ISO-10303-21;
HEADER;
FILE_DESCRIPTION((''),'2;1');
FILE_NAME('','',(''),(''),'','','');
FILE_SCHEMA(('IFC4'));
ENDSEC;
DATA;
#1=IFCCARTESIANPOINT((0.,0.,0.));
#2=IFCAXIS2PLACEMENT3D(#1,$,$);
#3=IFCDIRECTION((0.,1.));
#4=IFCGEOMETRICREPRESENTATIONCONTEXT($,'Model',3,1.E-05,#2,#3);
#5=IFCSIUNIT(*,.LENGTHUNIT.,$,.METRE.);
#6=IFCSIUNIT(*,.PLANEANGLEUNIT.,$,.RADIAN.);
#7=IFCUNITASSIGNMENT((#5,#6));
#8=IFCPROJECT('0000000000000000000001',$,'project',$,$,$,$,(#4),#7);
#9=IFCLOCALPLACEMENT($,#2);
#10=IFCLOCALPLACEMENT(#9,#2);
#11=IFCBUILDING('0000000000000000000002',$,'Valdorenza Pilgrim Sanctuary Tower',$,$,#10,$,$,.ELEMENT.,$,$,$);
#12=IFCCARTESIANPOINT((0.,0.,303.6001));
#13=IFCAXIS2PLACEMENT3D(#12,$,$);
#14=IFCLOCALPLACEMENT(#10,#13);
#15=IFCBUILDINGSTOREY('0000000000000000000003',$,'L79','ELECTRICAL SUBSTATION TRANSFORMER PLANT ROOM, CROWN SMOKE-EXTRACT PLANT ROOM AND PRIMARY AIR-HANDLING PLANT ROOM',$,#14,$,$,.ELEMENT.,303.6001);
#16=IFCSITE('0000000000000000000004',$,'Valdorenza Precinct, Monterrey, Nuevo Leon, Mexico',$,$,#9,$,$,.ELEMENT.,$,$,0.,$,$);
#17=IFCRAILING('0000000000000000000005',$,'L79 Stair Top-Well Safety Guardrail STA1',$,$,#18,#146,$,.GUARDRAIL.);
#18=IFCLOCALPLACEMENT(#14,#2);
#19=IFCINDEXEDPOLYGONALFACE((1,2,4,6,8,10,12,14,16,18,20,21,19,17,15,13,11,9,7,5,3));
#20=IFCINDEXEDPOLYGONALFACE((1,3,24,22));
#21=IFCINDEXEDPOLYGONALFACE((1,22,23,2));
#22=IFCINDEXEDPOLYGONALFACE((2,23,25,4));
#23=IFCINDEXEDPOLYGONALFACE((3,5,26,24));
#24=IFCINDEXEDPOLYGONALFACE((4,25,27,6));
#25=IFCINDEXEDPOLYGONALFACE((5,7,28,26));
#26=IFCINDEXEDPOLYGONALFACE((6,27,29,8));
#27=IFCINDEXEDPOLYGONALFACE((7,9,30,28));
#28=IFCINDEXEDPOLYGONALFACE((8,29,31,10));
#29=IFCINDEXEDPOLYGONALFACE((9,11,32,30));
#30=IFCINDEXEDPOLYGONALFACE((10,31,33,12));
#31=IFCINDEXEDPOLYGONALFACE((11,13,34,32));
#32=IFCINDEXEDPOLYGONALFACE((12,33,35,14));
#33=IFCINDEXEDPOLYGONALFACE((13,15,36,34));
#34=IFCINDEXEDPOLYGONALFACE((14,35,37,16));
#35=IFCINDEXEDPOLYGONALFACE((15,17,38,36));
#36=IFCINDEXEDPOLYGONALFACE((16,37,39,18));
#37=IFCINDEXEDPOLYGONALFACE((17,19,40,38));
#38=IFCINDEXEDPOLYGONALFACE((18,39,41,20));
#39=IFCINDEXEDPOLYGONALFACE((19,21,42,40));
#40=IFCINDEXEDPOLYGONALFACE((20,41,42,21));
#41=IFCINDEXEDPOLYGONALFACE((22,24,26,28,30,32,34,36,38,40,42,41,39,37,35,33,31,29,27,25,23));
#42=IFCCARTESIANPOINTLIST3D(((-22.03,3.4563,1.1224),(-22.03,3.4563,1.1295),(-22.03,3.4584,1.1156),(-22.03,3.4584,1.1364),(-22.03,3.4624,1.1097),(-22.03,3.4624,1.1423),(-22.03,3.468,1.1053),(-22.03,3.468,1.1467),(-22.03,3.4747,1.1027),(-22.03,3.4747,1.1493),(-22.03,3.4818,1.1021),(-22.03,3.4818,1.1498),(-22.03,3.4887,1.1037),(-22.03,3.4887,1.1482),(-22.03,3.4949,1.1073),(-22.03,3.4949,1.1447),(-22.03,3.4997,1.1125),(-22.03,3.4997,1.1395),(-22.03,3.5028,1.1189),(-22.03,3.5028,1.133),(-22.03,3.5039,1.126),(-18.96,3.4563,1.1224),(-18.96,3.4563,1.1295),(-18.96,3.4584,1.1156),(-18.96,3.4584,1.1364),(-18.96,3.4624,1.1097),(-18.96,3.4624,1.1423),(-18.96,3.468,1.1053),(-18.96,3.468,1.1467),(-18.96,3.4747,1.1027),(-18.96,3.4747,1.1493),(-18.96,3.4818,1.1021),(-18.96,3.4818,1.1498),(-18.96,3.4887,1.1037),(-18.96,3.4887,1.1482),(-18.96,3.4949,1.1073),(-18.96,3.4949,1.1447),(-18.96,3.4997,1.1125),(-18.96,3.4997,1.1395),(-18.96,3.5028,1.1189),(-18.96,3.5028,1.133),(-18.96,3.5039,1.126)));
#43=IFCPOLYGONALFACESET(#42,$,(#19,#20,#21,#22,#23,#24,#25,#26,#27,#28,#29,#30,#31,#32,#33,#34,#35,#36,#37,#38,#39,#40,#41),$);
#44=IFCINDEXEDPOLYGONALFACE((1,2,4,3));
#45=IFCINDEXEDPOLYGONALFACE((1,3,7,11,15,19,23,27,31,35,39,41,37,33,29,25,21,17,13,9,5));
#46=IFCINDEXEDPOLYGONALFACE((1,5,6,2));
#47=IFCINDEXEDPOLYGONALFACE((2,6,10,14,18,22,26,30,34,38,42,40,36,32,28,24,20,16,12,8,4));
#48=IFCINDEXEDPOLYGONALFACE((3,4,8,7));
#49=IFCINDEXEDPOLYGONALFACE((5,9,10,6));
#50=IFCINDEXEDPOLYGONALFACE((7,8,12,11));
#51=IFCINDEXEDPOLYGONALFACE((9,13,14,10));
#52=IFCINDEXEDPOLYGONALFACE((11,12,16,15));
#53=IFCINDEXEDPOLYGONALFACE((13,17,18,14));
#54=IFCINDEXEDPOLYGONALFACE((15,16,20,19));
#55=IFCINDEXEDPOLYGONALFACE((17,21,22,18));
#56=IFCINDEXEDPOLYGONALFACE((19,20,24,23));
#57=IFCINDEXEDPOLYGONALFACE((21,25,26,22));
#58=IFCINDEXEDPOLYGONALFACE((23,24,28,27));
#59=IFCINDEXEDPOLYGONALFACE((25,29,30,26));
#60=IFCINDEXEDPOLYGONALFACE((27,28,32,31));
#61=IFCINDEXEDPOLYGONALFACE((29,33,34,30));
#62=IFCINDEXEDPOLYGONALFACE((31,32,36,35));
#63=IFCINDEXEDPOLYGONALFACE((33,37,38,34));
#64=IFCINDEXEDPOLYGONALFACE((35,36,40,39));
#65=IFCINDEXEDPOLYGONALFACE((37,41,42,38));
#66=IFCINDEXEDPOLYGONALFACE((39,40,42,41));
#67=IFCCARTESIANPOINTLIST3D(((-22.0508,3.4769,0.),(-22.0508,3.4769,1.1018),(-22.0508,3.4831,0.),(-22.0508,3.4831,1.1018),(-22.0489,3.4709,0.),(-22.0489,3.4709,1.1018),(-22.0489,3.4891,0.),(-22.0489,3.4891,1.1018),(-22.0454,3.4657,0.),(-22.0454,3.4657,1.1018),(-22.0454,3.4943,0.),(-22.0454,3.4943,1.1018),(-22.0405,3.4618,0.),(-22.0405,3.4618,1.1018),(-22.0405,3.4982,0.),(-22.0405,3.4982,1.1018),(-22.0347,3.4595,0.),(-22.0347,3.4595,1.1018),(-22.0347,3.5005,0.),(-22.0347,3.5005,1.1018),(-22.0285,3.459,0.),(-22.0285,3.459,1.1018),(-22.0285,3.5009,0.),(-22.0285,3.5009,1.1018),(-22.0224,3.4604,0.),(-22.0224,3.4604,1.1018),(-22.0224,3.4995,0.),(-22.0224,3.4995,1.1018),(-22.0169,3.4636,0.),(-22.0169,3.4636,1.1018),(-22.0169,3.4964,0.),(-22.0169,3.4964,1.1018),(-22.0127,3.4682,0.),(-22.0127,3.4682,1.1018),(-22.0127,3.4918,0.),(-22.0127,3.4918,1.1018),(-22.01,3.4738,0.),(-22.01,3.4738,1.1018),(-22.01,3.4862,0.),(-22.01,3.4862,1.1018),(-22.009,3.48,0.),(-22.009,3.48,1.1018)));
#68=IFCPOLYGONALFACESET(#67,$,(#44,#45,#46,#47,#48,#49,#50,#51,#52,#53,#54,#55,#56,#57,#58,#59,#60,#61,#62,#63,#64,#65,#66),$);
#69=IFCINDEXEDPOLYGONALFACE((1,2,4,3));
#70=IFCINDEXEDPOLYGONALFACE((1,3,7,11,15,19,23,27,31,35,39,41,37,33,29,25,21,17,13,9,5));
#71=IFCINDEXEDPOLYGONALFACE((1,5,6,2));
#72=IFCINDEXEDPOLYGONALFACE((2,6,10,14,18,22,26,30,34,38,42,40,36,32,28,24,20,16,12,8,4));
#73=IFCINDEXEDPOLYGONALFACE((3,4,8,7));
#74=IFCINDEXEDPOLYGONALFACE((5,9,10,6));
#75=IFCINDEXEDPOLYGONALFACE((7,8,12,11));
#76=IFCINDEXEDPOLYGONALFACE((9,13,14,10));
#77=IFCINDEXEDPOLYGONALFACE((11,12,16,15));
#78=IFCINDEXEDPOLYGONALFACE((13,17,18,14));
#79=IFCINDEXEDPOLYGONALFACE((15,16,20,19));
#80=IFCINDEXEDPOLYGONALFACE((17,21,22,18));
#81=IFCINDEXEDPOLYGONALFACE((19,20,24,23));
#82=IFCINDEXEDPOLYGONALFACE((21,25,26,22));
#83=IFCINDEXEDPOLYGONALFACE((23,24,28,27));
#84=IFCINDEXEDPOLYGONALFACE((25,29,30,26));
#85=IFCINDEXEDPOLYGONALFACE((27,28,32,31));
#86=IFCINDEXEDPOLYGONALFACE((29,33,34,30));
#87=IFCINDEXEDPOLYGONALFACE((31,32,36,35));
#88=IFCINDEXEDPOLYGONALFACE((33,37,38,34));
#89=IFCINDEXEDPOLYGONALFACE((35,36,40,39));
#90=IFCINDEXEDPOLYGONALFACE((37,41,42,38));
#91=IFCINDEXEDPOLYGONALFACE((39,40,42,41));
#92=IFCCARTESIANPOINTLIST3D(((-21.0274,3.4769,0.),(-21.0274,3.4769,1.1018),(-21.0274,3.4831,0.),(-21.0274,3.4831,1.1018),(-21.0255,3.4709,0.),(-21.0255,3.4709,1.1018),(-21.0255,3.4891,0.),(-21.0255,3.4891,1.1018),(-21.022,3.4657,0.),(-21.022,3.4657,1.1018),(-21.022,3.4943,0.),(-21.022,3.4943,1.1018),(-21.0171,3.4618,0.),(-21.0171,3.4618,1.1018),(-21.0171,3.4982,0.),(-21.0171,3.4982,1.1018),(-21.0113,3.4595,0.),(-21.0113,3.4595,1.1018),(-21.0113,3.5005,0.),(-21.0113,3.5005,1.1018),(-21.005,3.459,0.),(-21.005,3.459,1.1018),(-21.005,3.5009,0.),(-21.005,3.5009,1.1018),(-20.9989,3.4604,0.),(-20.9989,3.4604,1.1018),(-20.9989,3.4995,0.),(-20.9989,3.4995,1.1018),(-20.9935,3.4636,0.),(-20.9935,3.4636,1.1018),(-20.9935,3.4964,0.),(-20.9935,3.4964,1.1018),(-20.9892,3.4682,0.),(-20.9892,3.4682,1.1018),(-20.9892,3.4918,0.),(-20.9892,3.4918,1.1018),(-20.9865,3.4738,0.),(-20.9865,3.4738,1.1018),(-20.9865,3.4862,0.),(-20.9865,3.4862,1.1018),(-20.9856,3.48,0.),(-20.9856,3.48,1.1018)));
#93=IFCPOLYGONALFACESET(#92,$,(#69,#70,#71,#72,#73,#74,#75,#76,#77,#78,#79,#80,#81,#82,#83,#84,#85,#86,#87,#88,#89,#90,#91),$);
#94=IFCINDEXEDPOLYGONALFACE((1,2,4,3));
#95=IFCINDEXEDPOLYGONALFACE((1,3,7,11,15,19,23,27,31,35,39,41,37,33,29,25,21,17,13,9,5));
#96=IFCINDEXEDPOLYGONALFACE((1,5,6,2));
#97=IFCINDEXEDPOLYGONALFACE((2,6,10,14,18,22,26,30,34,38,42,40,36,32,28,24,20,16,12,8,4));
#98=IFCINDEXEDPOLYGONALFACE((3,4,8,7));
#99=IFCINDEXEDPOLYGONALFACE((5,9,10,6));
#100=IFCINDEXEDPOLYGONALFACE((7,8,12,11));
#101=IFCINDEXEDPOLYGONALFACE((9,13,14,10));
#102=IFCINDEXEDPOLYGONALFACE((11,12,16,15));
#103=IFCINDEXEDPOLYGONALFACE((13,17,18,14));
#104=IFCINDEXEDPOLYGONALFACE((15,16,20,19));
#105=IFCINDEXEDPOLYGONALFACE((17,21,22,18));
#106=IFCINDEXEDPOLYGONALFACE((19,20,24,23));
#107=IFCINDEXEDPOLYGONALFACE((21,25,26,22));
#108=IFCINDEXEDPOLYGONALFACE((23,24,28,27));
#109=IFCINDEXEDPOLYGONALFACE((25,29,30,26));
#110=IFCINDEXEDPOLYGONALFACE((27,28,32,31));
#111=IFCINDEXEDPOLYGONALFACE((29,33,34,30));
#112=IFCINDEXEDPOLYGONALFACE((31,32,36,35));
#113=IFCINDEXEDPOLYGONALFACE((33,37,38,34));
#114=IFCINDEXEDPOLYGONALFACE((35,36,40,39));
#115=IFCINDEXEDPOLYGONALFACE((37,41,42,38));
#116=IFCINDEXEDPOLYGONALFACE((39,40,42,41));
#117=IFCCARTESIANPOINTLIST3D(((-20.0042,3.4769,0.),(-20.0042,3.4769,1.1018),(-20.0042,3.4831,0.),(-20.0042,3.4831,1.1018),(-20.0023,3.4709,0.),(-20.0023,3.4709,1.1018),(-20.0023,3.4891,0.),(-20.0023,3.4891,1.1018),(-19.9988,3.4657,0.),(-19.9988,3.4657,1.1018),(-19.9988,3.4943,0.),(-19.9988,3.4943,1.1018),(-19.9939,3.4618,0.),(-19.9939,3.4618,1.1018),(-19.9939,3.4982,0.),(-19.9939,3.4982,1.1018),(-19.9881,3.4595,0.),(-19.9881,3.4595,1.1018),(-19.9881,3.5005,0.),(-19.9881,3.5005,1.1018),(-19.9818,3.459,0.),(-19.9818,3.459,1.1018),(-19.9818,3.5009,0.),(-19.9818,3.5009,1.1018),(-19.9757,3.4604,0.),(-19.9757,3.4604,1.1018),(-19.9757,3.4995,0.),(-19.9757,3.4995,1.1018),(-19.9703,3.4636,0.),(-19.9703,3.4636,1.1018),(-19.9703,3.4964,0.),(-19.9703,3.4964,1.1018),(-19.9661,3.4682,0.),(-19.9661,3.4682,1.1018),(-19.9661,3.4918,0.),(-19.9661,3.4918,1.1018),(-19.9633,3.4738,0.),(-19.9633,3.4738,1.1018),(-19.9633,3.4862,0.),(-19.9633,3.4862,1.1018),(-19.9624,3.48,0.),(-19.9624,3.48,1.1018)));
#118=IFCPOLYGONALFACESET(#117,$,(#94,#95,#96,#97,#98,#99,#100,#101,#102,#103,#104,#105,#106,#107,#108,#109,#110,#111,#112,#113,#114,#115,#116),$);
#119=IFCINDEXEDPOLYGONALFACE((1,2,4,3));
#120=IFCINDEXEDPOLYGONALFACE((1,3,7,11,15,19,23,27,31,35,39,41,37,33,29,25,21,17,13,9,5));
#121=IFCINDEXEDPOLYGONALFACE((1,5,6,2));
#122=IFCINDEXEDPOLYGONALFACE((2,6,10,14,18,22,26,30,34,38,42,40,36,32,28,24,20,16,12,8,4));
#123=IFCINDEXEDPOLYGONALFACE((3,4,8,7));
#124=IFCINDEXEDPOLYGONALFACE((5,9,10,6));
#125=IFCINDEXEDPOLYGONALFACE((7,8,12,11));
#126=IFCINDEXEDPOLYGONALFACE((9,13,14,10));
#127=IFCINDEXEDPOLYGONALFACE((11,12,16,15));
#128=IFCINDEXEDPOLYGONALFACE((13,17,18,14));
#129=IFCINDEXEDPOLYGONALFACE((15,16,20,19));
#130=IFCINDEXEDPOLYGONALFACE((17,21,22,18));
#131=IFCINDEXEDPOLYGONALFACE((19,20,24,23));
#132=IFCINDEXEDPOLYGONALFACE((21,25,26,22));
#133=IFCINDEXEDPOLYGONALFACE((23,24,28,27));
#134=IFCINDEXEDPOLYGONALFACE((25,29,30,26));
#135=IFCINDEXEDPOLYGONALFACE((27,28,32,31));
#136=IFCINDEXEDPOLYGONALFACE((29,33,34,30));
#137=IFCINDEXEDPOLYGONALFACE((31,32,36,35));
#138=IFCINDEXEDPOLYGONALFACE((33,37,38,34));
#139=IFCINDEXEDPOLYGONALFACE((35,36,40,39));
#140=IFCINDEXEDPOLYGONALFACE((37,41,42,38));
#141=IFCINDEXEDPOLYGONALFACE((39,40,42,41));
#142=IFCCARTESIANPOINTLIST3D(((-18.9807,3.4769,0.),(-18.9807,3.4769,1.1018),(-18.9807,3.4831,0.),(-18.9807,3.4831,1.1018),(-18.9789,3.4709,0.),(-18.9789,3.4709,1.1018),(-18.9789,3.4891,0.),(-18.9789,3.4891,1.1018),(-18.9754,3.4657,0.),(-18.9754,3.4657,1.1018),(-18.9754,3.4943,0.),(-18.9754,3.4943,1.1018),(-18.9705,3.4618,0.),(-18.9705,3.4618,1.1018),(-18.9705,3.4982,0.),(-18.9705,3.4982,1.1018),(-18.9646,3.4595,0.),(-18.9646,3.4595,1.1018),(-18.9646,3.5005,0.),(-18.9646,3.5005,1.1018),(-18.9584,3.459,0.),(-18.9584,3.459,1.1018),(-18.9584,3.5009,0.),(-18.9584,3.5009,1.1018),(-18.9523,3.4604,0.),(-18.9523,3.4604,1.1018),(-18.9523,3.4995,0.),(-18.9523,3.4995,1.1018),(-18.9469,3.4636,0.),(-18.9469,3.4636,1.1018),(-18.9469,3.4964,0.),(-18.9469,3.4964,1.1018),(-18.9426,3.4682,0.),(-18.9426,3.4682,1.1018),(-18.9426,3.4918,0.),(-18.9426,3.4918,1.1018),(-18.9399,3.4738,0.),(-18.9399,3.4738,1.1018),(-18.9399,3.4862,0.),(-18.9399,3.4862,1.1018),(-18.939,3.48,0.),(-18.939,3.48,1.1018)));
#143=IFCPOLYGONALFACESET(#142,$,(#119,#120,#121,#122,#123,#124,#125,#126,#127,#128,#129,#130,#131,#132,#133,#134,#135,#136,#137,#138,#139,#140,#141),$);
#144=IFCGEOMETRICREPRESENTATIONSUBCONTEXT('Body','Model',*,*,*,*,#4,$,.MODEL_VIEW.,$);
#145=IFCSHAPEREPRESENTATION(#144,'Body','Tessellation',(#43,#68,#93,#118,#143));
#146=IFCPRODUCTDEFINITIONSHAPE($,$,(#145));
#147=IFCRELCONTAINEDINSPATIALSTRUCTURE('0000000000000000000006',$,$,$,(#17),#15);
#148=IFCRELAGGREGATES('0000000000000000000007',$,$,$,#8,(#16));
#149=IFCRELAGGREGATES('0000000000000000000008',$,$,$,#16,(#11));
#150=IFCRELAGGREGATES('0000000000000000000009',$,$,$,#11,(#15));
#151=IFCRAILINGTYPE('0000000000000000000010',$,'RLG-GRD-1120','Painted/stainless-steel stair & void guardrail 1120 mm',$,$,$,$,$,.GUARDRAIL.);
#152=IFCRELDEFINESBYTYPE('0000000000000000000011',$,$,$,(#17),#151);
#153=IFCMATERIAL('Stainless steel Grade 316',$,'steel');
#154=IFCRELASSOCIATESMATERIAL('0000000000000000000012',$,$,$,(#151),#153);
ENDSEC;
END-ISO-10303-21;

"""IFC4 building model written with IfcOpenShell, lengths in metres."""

from ifc_helpers import new_model, si_unit, direction, frame, origin, origin_2d, place, context, subcontext, project, spatial, circle, extrude, material, type_object, element, save


model = new_model("IFC4")

# Units and contexts
model_context = context("Model", 3, precision=1e-05, world=origin(), true_north=direction((0.0, 1.0)))
body_context = subcontext(model_context, "Body", "Model", "MODEL_VIEW")
ifc_project = project(units=[si_unit("LENGTHUNIT", "METRE"), si_unit("PLANEANGLEUNIT", "RADIAN")], contexts=[model_context])

# Site, building, storey
site_placement = place(None, origin())
site = spatial("IfcSite", under=ifc_project, at=site_placement, Name="Valdorenza Precinct, Monterrey, Nuevo Leon, Mexico", CompositionType="ELEMENT", RefElevation=0.0)
building_placement = place(site_placement, origin())
building = spatial("IfcBuilding", under=site, at=building_placement, Name="Valdorenza Pilgrim Sanctuary Tower", CompositionType="ELEMENT")
storey_placement = place(building_placement, frame((0.0, 0.0, 303.6001)))
storey = spatial("IfcBuildingStorey", under=building, at=storey_placement, Name="L79", Description="ELECTRICAL SUBSTATION TRANSFORMER PLANT ROOM, CROWN SMOKE-EXTRACT PLANT ROOM AND PRIMARY AIR-HANDLING PLANT ROOM", CompositionType="ELEMENT", Elevation=303.6001)

# Railing
ifc_material_1 = material(Name="Stainless steel Grade 316", Category="steel")
railing_type = type_object("IfcRailingType", Name="RLG-GRD-1120", Description="Painted/stainless-steel stair & void guardrail 1120 mm", PredefinedType="GUARDRAIL", material=ifc_material_1)
railing_1_placement = place(storey_placement, frame((-22.03, 3.48, 0.0)))
element("IfcRailing", 1, at=railing_1_placement, inside=storey, type_object=railing_type, Name="L79 Stair Top-Well Safety Guardrail STA1", PredefinedType="GUARDRAIL", context=body_context, shape_type="SweptSolid", body=[
    extrude(circle(Radius=0.0239, at=origin_2d()), frame((0.0, 0.0, 1.126), z_axis=(1.0, 0.0, 0.0), x_axis=(0.0, 1.0, 0.0)), (0.0, 0.0, 1.0), 3.0701),
    extrude(circle(Radius=0.021, at=origin_2d()), origin(), (0.0, 0.0, 1.0), 1.1018),
    extrude(circle(Radius=0.021, at=origin_2d()), frame((1.0234, 0.0, 0.0)), (0.0, 0.0, 1.0), 1.1018),
    extrude(circle(Radius=0.021, at=origin_2d()), frame((2.0466, 0.0, 0.0)), (0.0, 0.0, 1.0), 1.1018),
    extrude(circle(Radius=0.021, at=origin_2d()), frame((3.0701, 0.0, 0.0)), (0.0, 0.0, 1.0), 1.1018),
])

save(model, "model.ifc")
